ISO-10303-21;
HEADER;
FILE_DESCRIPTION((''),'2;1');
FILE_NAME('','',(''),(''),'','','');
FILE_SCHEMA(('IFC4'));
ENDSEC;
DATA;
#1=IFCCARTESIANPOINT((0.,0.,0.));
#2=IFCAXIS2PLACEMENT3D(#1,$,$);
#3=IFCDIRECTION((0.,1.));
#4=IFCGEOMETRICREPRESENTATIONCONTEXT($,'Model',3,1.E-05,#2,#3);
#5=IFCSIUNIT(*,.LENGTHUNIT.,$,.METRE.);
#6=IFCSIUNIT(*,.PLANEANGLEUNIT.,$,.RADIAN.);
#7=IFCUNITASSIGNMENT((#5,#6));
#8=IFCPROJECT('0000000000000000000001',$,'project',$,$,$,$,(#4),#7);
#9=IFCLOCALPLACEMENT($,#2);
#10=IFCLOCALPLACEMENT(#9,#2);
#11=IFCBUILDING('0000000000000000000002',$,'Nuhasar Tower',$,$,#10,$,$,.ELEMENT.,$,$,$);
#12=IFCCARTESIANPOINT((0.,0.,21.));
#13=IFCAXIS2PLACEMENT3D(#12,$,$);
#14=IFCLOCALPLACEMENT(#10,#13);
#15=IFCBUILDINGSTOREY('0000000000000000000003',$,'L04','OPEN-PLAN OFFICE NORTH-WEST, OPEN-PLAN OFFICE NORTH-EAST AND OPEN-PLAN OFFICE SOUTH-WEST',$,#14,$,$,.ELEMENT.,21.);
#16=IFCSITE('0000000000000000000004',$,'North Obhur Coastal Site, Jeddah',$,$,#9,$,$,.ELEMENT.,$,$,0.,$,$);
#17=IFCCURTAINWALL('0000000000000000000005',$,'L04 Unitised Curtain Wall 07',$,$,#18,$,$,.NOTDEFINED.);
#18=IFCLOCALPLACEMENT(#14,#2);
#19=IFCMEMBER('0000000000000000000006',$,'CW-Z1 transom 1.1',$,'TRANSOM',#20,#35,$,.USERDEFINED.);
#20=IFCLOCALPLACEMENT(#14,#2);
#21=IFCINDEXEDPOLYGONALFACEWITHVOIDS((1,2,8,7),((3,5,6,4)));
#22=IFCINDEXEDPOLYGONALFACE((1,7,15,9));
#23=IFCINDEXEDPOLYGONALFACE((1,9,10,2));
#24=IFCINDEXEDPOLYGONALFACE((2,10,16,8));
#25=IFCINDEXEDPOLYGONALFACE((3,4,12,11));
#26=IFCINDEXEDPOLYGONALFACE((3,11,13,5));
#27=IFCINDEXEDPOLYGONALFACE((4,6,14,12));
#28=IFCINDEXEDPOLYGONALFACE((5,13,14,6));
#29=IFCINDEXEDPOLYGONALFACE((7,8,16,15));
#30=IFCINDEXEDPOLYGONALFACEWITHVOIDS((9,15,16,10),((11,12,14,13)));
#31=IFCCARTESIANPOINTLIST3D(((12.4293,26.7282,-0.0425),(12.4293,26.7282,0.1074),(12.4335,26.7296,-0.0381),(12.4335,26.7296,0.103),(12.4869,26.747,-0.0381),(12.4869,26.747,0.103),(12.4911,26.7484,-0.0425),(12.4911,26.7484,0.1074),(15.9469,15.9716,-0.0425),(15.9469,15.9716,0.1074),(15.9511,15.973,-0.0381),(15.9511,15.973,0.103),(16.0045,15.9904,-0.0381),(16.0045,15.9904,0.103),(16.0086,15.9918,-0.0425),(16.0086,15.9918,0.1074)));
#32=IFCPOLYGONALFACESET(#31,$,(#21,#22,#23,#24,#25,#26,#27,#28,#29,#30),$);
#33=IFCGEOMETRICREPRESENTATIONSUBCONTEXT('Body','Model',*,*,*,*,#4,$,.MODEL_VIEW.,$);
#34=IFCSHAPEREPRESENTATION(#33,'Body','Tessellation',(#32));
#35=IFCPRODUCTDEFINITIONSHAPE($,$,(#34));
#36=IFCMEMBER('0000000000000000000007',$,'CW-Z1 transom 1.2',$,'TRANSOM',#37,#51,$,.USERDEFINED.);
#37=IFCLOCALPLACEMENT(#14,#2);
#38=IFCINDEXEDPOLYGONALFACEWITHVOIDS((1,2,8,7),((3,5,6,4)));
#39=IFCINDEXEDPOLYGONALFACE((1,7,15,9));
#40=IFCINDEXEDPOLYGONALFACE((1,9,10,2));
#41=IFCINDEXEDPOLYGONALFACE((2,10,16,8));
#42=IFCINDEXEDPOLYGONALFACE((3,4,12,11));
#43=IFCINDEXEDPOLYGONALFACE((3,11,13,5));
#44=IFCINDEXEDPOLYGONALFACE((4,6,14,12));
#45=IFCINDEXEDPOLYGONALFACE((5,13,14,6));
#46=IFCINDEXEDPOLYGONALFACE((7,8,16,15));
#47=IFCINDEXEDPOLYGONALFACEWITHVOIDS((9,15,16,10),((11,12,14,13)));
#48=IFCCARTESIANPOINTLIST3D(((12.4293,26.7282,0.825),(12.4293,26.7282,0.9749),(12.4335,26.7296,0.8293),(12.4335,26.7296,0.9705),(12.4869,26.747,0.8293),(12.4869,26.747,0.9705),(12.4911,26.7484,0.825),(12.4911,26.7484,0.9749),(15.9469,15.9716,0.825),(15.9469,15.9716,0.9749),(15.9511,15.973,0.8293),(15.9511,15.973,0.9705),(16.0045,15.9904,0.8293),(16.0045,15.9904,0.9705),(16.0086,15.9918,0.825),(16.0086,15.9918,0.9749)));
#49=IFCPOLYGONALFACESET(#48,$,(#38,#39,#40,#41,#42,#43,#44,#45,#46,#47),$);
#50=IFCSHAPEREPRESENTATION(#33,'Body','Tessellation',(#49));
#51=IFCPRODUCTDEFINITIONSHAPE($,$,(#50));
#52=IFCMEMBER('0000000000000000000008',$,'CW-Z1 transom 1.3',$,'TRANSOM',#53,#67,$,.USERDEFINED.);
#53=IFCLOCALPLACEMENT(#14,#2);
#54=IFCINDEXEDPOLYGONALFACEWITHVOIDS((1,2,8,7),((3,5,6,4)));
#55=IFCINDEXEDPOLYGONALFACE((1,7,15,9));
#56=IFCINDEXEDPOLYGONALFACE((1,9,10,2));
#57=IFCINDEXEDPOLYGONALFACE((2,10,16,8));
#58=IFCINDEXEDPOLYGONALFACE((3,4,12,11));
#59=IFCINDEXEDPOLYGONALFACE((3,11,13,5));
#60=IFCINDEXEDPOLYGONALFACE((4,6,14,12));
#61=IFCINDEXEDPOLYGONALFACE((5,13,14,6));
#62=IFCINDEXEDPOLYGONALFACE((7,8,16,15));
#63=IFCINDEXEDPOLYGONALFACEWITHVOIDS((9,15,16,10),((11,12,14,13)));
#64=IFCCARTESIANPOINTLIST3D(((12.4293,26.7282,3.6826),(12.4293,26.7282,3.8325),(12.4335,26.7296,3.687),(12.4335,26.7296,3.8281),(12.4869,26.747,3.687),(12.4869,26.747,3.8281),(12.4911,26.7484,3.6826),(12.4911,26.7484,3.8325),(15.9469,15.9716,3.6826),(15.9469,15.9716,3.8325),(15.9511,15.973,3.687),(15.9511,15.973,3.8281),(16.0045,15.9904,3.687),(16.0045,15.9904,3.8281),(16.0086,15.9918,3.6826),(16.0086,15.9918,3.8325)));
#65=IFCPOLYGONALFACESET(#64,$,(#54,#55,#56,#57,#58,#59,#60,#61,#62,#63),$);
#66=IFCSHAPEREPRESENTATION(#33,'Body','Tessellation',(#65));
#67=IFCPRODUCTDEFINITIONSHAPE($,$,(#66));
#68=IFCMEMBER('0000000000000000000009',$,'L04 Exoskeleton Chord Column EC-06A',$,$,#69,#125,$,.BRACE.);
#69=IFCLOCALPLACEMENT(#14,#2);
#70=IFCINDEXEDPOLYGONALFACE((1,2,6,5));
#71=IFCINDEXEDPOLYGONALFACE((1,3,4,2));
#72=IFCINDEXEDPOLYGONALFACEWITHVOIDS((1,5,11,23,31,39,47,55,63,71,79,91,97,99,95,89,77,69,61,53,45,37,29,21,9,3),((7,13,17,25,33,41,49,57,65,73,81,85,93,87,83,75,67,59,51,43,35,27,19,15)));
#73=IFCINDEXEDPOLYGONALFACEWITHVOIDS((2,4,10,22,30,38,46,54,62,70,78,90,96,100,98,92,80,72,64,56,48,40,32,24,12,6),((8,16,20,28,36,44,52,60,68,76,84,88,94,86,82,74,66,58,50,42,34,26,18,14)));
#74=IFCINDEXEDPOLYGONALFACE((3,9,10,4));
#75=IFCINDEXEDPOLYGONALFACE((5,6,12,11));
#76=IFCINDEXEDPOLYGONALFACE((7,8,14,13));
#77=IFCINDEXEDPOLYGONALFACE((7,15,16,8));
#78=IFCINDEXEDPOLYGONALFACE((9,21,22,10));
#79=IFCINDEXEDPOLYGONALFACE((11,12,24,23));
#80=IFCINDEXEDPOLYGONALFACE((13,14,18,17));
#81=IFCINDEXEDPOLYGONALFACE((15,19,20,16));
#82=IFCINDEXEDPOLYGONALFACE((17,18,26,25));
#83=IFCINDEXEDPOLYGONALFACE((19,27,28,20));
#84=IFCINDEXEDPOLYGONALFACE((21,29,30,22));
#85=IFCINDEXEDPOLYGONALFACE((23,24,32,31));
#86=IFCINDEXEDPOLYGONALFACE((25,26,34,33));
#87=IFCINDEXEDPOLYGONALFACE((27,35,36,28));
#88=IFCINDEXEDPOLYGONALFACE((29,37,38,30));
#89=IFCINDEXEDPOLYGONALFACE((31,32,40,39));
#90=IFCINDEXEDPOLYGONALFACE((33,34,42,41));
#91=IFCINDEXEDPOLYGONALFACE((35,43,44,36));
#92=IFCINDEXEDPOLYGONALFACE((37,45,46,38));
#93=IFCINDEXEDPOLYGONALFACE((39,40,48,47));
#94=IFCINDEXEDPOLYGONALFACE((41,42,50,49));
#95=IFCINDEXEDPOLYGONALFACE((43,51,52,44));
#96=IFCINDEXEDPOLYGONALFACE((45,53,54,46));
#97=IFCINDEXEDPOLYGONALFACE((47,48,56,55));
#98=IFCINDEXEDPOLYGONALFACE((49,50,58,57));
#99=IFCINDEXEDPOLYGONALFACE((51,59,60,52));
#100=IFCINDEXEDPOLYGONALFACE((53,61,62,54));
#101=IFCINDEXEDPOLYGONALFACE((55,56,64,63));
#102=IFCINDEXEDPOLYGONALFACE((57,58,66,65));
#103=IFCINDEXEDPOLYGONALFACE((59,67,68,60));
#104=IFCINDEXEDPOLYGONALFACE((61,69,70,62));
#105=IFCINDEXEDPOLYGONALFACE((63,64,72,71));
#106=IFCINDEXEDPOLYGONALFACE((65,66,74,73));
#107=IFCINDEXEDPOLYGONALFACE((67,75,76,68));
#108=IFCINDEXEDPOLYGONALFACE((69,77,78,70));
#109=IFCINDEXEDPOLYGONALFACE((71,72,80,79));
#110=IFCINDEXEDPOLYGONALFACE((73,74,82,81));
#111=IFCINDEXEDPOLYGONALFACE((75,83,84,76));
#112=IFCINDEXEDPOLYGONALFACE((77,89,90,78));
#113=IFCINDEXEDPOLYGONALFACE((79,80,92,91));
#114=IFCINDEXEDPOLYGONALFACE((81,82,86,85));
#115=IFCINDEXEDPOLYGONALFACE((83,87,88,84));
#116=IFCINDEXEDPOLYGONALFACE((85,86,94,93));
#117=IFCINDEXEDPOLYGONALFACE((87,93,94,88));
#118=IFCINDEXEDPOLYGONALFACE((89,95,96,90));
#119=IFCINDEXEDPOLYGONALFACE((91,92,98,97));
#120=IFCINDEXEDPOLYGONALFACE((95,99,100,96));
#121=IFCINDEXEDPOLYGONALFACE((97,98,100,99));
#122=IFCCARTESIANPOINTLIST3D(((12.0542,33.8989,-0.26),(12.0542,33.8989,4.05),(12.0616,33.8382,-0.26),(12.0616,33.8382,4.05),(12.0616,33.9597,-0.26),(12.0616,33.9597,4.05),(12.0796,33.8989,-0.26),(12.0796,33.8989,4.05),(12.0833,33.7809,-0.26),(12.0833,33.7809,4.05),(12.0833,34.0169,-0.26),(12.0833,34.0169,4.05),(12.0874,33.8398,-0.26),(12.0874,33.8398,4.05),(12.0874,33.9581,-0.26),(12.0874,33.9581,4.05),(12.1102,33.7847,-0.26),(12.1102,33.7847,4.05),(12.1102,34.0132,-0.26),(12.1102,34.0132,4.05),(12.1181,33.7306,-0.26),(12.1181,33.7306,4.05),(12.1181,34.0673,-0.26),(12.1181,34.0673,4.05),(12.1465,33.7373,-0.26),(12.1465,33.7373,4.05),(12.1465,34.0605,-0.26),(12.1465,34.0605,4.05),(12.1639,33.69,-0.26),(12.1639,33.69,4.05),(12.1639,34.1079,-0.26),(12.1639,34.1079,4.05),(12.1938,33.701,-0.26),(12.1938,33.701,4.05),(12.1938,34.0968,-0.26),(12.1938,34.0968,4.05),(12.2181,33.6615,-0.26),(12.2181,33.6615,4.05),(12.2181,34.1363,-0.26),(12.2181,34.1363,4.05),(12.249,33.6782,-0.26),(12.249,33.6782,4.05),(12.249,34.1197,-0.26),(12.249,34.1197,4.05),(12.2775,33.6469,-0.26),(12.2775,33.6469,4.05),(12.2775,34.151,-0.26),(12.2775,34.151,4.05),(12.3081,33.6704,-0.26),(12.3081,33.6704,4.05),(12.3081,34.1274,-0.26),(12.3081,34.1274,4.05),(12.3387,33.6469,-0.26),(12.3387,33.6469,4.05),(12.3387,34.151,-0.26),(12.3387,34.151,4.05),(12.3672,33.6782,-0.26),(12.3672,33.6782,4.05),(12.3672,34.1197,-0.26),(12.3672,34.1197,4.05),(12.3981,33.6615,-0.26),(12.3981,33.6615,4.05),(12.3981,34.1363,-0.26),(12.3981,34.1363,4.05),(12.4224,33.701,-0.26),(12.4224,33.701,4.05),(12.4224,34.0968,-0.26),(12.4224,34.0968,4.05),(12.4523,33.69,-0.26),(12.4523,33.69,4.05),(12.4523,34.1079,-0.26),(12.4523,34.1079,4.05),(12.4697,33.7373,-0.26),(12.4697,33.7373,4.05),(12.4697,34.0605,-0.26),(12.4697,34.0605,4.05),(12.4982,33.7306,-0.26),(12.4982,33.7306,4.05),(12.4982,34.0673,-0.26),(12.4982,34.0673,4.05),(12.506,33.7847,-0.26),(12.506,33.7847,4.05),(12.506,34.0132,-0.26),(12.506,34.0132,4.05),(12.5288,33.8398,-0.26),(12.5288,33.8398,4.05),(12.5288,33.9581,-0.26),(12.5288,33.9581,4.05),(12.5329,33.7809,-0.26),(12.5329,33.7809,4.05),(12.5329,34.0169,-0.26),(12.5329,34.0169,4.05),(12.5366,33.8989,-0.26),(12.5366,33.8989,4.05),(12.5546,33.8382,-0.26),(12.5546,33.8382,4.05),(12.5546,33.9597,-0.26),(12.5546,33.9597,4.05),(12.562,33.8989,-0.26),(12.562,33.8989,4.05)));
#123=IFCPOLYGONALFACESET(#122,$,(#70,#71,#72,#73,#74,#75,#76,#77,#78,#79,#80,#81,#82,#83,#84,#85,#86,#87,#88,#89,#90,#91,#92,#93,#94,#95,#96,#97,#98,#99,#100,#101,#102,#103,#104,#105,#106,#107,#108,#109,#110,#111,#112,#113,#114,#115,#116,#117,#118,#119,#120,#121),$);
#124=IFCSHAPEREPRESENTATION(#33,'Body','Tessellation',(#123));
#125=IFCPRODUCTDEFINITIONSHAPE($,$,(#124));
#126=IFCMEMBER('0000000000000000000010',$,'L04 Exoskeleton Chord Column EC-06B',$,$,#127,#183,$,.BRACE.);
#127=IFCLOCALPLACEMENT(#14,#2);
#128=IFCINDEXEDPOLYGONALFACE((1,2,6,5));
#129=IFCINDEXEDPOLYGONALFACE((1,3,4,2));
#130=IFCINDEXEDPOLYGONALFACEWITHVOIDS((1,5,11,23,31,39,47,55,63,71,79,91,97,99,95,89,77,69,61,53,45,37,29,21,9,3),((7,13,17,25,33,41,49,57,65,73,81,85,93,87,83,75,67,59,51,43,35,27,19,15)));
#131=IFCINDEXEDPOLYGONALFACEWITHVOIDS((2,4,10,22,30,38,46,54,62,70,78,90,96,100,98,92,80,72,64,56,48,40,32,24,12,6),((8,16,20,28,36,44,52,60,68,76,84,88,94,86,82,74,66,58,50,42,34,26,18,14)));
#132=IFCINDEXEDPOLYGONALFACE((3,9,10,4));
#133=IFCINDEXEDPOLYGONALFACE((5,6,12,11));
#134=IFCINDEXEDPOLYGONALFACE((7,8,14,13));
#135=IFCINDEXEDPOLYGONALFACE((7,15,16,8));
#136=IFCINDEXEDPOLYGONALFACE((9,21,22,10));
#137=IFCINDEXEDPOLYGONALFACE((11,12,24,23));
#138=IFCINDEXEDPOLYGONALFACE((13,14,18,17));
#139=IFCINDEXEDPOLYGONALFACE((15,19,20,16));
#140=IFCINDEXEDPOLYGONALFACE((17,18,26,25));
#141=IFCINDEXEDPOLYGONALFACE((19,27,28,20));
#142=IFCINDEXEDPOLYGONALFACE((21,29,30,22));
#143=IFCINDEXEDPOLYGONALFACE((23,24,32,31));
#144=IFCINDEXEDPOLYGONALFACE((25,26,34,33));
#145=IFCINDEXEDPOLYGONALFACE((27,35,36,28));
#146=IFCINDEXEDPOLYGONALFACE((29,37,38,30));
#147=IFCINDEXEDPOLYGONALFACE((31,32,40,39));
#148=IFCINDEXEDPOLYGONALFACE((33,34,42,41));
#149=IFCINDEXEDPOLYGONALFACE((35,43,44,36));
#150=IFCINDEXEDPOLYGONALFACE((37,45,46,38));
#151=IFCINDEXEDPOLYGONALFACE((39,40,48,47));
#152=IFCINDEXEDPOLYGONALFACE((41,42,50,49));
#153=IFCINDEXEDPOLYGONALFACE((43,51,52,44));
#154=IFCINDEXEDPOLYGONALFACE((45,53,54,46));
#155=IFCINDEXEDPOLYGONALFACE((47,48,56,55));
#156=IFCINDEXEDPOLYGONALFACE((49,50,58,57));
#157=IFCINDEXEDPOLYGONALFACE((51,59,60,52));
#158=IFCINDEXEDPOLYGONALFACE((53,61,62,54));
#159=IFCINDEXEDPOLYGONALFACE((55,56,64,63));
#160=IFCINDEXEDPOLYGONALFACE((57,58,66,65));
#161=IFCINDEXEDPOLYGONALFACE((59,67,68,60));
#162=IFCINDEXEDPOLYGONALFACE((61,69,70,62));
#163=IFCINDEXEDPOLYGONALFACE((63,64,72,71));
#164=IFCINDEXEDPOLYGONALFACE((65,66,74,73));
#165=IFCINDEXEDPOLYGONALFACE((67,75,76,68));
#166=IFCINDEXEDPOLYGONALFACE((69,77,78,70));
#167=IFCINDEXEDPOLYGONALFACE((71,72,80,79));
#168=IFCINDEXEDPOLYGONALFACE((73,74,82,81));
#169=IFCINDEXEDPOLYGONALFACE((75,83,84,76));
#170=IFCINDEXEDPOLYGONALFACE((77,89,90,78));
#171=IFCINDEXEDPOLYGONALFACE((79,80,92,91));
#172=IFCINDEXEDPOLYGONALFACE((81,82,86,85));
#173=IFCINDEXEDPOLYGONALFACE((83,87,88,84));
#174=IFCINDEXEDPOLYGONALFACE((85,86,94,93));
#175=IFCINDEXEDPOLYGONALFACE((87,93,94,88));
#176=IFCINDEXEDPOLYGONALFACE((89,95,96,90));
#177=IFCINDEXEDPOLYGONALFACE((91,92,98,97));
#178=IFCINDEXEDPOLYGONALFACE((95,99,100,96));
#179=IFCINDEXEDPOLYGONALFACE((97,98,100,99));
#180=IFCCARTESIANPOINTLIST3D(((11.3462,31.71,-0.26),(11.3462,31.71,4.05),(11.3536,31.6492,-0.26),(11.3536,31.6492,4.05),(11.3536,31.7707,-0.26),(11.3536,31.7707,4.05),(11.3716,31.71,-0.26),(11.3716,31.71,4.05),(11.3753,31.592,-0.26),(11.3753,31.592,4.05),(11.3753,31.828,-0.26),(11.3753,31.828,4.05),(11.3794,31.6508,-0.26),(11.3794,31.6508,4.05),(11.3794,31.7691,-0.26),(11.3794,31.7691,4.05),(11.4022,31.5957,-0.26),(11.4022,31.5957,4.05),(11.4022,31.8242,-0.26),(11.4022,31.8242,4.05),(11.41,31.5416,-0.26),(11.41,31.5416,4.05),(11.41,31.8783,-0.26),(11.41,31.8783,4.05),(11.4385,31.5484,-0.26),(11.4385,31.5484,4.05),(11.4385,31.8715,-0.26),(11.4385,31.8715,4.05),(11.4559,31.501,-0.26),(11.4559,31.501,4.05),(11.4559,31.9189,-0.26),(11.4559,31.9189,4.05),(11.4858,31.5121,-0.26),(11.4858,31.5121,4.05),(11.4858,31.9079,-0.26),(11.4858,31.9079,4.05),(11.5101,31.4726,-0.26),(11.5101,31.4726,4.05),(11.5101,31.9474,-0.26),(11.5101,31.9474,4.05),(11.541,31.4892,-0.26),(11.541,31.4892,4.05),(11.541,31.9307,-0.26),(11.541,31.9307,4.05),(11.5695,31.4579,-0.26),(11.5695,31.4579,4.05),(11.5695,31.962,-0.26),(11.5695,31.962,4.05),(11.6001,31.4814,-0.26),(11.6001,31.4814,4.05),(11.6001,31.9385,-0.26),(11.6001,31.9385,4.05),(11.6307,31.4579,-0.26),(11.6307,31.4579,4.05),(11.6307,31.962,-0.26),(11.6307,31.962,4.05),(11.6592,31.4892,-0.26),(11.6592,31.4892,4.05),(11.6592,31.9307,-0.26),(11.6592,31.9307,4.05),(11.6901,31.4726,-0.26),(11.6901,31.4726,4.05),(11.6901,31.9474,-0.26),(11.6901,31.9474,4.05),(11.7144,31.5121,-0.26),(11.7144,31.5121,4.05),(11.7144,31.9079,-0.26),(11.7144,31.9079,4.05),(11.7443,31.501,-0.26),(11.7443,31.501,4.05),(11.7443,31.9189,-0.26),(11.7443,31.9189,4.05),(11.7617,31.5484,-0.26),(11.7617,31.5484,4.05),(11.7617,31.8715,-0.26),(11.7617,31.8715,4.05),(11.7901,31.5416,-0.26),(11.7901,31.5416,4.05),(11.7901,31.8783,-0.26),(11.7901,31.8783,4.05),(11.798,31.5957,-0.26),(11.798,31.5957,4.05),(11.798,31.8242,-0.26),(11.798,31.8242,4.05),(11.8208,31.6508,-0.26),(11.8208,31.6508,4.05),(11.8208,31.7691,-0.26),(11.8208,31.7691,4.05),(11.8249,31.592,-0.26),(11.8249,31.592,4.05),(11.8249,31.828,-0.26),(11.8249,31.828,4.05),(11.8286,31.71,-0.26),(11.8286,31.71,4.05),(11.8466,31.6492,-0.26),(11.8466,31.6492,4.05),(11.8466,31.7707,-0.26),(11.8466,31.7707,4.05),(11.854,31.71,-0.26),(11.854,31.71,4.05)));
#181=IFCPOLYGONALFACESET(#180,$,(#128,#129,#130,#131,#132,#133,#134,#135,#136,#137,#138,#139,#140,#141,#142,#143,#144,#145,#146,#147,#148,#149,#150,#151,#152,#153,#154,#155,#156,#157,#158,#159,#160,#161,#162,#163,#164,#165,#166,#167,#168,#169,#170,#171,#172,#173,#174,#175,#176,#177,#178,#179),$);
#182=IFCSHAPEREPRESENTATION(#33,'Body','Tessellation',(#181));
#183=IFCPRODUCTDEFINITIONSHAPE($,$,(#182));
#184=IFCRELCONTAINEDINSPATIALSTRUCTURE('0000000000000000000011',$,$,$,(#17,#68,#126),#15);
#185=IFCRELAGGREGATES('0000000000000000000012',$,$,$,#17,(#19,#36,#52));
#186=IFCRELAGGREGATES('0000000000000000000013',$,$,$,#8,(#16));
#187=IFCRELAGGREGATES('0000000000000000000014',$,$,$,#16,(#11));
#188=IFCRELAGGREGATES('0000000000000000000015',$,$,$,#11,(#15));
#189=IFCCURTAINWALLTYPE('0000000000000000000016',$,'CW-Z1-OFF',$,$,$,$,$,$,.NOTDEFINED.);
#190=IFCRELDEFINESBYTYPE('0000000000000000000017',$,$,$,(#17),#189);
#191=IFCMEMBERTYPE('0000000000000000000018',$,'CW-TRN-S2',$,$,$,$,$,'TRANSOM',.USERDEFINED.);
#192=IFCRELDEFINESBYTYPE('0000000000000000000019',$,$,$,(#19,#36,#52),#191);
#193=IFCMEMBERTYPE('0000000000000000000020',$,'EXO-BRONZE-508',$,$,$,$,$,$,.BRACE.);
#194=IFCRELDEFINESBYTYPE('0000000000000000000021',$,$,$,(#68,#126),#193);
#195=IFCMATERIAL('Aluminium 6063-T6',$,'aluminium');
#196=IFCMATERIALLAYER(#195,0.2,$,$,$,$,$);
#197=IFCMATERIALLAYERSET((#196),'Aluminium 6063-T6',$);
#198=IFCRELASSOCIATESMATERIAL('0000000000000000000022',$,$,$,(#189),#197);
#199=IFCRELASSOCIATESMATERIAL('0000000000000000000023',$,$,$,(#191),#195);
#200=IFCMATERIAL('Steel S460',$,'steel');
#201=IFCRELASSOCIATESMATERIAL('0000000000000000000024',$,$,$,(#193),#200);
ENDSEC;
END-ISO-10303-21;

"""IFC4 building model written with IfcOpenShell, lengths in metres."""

from ifc_helpers import new_model, si_unit, direction, frame, origin, origin_2d, place, context, subcontext, project, spatial, hollow_rectangle, hollow_circle, extrude, material, layer, layer_set, material_profile, profile_set, type_object, element, aggregate, save


model = new_model("IFC4")

# Units and contexts
model_context = context("Model", 3, precision=1e-05, world=origin(), true_north=direction((0.0, 1.0)))
body_context = subcontext(model_context, "Body", "Model", "MODEL_VIEW")
ifc_project = project(units=[si_unit("LENGTHUNIT", "METRE"), si_unit("PLANEANGLEUNIT", "RADIAN")], contexts=[model_context])

# Site, building, storey
site_placement = place(None, origin())
site = spatial("IfcSite", under=ifc_project, at=site_placement, Name="North Obhur Coastal Site, Jeddah", CompositionType="ELEMENT", RefElevation=0.0)
building_placement = place(site_placement, origin())
building = spatial("IfcBuilding", under=site, at=building_placement, Name="Nuhasar Tower", CompositionType="ELEMENT")
storey_placement = place(building_placement, frame((0.0, 0.0, 21.0)))
storey = spatial("IfcBuildingStorey", under=building, at=storey_placement, Name="L04", Description="OPEN-PLAN OFFICE NORTH-WEST, OPEN-PLAN OFFICE NORTH-EAST AND OPEN-PLAN OFFICE SOUTH-WEST", CompositionType="ELEMENT", Elevation=21.0)

# Shared definitions
ifc_material_1 = material(Name="Steel S460", Category="steel")

# Shared definitions
ifc_material_2 = material(Name="Aluminium 6063-T6", Category="aluminium")
ifc_layer_1 = layer(ifc_material_2, 0.2)
ifc_layer_set_1 = layer_set([ifc_layer_1], Name="Aluminium 6063-T6")
curtain_wall_type = type_object("IfcCurtainWallType", Name="CW-Z1-OFF", PredefinedType="NOTDEFINED", material=ifc_layer_set_1)

# Curtain wall, members
curtain_wall_1_placement = place(storey_placement, origin())
curtain_wall_1 = element("IfcCurtainWall", 1, at=curtain_wall_1_placement, inside=storey, type_object=curtain_wall_type, Name="L04 Unitised Curtain Wall 07", PredefinedType="NOTDEFINED")
ifc_material_profile_1 = material_profile(ifc_material_2, hollow_rectangle(XDim=0.0649, YDim=0.1499, WallThickness=0.0044, at=origin_2d()), Name="CWT-2")
ifc_profile_set_1 = profile_set([ifc_material_profile_1], Name="Aluminium 6063-T6")
member_type_1 = type_object("IfcMemberType", Name="CW-TRN-S2", ElementType="TRANSOM", PredefinedType="USERDEFINED", material=ifc_profile_set_1)
member_1_placement = place(storey_placement, frame((12.4602, 26.7383, 0.0325), z_axis=(0.310819, -0.950469, 0.0), x_axis=(0.950469, 0.310819, 0.0)))
member_1 = element("IfcMember", 2, at=member_1_placement, type_object=member_type_1, Name="CW-Z1 transom 1.1", ObjectType="TRANSOM", PredefinedType="USERDEFINED", context=body_context, shape_type="SweptSolid", body=[
    extrude(hollow_rectangle(XDim=0.0649, YDim=0.1499, WallThickness=0.0044, at=origin_2d()), origin(), (0.0, 0.0, 1.0), 11.3171),
])
member_2_placement = place(storey_placement, frame((12.4602, 26.7383, 0.8999), z_axis=(0.310819, -0.950469, 0.0), x_axis=(0.950469, 0.310819, 0.0)))
member_2 = element("IfcMember", 3, at=member_2_placement, type_object=member_type_1, Name="CW-Z1 transom 1.2", ObjectType="TRANSOM", PredefinedType="USERDEFINED", context=body_context, shape_type="SweptSolid", body=[
    extrude(hollow_rectangle(XDim=0.0649, YDim=0.1499, WallThickness=0.0044, at=origin_2d()), origin(), (0.0, 0.0, 1.0), 11.3171),
])
member_3_placement = place(storey_placement, frame((12.4602, 26.7383, 3.7576), z_axis=(0.310819, -0.950469, 0.0), x_axis=(0.950469, 0.310819, 0.0)))
member_3 = element("IfcMember", 4, at=member_3_placement, type_object=member_type_1, Name="CW-Z1 transom 1.3", ObjectType="TRANSOM", PredefinedType="USERDEFINED", context=body_context, shape_type="SweptSolid", body=[
    extrude(hollow_rectangle(XDim=0.0649, YDim=0.1499, WallThickness=0.0044, at=origin_2d()), origin(), (0.0, 0.0, 1.0), 11.3171),
])
aggregate(curtain_wall_1, [member_1, member_2, member_3])

# Members
ifc_material_profile_2 = material_profile(ifc_material_1, hollow_circle(Radius=0.2539, WallThickness=0.0254, at=origin_2d()), Name="HSS508X25.4")
ifc_profile_set_2 = profile_set([ifc_material_profile_2], Name="Steel S460")
member_type_2 = type_object("IfcMemberType", Name="EXO-BRONZE-508", PredefinedType="BRACE", material=ifc_profile_set_2)
for number, where, z_axis, x_axis, name in (
    (5, (12.3081, 33.8989, -0.26), (0.0, 0.0, 1.0), (1.0, 0.0, 0.0), "L04 Exoskeleton Chord Column EC-06A"),
    (6, (11.6001, 31.71, -0.26), (0.0, 0.0, 1.0), (1.0, 0.0, 0.0), "L04 Exoskeleton Chord Column EC-06B"),
):
    element("IfcMember", number, at=place(storey_placement, frame(where, z_axis=z_axis, x_axis=x_axis)), inside=storey, type_object=member_type_2, Name=name, PredefinedType="BRACE", context=body_context, shape_type="SweptSolid", body=[
        extrude(hollow_circle(Radius=0.2539, WallThickness=0.0254, at=origin_2d()), origin(), (0.0, 0.0, 1.0), 4.3101),
    ])

save(model, "model.ifc")
